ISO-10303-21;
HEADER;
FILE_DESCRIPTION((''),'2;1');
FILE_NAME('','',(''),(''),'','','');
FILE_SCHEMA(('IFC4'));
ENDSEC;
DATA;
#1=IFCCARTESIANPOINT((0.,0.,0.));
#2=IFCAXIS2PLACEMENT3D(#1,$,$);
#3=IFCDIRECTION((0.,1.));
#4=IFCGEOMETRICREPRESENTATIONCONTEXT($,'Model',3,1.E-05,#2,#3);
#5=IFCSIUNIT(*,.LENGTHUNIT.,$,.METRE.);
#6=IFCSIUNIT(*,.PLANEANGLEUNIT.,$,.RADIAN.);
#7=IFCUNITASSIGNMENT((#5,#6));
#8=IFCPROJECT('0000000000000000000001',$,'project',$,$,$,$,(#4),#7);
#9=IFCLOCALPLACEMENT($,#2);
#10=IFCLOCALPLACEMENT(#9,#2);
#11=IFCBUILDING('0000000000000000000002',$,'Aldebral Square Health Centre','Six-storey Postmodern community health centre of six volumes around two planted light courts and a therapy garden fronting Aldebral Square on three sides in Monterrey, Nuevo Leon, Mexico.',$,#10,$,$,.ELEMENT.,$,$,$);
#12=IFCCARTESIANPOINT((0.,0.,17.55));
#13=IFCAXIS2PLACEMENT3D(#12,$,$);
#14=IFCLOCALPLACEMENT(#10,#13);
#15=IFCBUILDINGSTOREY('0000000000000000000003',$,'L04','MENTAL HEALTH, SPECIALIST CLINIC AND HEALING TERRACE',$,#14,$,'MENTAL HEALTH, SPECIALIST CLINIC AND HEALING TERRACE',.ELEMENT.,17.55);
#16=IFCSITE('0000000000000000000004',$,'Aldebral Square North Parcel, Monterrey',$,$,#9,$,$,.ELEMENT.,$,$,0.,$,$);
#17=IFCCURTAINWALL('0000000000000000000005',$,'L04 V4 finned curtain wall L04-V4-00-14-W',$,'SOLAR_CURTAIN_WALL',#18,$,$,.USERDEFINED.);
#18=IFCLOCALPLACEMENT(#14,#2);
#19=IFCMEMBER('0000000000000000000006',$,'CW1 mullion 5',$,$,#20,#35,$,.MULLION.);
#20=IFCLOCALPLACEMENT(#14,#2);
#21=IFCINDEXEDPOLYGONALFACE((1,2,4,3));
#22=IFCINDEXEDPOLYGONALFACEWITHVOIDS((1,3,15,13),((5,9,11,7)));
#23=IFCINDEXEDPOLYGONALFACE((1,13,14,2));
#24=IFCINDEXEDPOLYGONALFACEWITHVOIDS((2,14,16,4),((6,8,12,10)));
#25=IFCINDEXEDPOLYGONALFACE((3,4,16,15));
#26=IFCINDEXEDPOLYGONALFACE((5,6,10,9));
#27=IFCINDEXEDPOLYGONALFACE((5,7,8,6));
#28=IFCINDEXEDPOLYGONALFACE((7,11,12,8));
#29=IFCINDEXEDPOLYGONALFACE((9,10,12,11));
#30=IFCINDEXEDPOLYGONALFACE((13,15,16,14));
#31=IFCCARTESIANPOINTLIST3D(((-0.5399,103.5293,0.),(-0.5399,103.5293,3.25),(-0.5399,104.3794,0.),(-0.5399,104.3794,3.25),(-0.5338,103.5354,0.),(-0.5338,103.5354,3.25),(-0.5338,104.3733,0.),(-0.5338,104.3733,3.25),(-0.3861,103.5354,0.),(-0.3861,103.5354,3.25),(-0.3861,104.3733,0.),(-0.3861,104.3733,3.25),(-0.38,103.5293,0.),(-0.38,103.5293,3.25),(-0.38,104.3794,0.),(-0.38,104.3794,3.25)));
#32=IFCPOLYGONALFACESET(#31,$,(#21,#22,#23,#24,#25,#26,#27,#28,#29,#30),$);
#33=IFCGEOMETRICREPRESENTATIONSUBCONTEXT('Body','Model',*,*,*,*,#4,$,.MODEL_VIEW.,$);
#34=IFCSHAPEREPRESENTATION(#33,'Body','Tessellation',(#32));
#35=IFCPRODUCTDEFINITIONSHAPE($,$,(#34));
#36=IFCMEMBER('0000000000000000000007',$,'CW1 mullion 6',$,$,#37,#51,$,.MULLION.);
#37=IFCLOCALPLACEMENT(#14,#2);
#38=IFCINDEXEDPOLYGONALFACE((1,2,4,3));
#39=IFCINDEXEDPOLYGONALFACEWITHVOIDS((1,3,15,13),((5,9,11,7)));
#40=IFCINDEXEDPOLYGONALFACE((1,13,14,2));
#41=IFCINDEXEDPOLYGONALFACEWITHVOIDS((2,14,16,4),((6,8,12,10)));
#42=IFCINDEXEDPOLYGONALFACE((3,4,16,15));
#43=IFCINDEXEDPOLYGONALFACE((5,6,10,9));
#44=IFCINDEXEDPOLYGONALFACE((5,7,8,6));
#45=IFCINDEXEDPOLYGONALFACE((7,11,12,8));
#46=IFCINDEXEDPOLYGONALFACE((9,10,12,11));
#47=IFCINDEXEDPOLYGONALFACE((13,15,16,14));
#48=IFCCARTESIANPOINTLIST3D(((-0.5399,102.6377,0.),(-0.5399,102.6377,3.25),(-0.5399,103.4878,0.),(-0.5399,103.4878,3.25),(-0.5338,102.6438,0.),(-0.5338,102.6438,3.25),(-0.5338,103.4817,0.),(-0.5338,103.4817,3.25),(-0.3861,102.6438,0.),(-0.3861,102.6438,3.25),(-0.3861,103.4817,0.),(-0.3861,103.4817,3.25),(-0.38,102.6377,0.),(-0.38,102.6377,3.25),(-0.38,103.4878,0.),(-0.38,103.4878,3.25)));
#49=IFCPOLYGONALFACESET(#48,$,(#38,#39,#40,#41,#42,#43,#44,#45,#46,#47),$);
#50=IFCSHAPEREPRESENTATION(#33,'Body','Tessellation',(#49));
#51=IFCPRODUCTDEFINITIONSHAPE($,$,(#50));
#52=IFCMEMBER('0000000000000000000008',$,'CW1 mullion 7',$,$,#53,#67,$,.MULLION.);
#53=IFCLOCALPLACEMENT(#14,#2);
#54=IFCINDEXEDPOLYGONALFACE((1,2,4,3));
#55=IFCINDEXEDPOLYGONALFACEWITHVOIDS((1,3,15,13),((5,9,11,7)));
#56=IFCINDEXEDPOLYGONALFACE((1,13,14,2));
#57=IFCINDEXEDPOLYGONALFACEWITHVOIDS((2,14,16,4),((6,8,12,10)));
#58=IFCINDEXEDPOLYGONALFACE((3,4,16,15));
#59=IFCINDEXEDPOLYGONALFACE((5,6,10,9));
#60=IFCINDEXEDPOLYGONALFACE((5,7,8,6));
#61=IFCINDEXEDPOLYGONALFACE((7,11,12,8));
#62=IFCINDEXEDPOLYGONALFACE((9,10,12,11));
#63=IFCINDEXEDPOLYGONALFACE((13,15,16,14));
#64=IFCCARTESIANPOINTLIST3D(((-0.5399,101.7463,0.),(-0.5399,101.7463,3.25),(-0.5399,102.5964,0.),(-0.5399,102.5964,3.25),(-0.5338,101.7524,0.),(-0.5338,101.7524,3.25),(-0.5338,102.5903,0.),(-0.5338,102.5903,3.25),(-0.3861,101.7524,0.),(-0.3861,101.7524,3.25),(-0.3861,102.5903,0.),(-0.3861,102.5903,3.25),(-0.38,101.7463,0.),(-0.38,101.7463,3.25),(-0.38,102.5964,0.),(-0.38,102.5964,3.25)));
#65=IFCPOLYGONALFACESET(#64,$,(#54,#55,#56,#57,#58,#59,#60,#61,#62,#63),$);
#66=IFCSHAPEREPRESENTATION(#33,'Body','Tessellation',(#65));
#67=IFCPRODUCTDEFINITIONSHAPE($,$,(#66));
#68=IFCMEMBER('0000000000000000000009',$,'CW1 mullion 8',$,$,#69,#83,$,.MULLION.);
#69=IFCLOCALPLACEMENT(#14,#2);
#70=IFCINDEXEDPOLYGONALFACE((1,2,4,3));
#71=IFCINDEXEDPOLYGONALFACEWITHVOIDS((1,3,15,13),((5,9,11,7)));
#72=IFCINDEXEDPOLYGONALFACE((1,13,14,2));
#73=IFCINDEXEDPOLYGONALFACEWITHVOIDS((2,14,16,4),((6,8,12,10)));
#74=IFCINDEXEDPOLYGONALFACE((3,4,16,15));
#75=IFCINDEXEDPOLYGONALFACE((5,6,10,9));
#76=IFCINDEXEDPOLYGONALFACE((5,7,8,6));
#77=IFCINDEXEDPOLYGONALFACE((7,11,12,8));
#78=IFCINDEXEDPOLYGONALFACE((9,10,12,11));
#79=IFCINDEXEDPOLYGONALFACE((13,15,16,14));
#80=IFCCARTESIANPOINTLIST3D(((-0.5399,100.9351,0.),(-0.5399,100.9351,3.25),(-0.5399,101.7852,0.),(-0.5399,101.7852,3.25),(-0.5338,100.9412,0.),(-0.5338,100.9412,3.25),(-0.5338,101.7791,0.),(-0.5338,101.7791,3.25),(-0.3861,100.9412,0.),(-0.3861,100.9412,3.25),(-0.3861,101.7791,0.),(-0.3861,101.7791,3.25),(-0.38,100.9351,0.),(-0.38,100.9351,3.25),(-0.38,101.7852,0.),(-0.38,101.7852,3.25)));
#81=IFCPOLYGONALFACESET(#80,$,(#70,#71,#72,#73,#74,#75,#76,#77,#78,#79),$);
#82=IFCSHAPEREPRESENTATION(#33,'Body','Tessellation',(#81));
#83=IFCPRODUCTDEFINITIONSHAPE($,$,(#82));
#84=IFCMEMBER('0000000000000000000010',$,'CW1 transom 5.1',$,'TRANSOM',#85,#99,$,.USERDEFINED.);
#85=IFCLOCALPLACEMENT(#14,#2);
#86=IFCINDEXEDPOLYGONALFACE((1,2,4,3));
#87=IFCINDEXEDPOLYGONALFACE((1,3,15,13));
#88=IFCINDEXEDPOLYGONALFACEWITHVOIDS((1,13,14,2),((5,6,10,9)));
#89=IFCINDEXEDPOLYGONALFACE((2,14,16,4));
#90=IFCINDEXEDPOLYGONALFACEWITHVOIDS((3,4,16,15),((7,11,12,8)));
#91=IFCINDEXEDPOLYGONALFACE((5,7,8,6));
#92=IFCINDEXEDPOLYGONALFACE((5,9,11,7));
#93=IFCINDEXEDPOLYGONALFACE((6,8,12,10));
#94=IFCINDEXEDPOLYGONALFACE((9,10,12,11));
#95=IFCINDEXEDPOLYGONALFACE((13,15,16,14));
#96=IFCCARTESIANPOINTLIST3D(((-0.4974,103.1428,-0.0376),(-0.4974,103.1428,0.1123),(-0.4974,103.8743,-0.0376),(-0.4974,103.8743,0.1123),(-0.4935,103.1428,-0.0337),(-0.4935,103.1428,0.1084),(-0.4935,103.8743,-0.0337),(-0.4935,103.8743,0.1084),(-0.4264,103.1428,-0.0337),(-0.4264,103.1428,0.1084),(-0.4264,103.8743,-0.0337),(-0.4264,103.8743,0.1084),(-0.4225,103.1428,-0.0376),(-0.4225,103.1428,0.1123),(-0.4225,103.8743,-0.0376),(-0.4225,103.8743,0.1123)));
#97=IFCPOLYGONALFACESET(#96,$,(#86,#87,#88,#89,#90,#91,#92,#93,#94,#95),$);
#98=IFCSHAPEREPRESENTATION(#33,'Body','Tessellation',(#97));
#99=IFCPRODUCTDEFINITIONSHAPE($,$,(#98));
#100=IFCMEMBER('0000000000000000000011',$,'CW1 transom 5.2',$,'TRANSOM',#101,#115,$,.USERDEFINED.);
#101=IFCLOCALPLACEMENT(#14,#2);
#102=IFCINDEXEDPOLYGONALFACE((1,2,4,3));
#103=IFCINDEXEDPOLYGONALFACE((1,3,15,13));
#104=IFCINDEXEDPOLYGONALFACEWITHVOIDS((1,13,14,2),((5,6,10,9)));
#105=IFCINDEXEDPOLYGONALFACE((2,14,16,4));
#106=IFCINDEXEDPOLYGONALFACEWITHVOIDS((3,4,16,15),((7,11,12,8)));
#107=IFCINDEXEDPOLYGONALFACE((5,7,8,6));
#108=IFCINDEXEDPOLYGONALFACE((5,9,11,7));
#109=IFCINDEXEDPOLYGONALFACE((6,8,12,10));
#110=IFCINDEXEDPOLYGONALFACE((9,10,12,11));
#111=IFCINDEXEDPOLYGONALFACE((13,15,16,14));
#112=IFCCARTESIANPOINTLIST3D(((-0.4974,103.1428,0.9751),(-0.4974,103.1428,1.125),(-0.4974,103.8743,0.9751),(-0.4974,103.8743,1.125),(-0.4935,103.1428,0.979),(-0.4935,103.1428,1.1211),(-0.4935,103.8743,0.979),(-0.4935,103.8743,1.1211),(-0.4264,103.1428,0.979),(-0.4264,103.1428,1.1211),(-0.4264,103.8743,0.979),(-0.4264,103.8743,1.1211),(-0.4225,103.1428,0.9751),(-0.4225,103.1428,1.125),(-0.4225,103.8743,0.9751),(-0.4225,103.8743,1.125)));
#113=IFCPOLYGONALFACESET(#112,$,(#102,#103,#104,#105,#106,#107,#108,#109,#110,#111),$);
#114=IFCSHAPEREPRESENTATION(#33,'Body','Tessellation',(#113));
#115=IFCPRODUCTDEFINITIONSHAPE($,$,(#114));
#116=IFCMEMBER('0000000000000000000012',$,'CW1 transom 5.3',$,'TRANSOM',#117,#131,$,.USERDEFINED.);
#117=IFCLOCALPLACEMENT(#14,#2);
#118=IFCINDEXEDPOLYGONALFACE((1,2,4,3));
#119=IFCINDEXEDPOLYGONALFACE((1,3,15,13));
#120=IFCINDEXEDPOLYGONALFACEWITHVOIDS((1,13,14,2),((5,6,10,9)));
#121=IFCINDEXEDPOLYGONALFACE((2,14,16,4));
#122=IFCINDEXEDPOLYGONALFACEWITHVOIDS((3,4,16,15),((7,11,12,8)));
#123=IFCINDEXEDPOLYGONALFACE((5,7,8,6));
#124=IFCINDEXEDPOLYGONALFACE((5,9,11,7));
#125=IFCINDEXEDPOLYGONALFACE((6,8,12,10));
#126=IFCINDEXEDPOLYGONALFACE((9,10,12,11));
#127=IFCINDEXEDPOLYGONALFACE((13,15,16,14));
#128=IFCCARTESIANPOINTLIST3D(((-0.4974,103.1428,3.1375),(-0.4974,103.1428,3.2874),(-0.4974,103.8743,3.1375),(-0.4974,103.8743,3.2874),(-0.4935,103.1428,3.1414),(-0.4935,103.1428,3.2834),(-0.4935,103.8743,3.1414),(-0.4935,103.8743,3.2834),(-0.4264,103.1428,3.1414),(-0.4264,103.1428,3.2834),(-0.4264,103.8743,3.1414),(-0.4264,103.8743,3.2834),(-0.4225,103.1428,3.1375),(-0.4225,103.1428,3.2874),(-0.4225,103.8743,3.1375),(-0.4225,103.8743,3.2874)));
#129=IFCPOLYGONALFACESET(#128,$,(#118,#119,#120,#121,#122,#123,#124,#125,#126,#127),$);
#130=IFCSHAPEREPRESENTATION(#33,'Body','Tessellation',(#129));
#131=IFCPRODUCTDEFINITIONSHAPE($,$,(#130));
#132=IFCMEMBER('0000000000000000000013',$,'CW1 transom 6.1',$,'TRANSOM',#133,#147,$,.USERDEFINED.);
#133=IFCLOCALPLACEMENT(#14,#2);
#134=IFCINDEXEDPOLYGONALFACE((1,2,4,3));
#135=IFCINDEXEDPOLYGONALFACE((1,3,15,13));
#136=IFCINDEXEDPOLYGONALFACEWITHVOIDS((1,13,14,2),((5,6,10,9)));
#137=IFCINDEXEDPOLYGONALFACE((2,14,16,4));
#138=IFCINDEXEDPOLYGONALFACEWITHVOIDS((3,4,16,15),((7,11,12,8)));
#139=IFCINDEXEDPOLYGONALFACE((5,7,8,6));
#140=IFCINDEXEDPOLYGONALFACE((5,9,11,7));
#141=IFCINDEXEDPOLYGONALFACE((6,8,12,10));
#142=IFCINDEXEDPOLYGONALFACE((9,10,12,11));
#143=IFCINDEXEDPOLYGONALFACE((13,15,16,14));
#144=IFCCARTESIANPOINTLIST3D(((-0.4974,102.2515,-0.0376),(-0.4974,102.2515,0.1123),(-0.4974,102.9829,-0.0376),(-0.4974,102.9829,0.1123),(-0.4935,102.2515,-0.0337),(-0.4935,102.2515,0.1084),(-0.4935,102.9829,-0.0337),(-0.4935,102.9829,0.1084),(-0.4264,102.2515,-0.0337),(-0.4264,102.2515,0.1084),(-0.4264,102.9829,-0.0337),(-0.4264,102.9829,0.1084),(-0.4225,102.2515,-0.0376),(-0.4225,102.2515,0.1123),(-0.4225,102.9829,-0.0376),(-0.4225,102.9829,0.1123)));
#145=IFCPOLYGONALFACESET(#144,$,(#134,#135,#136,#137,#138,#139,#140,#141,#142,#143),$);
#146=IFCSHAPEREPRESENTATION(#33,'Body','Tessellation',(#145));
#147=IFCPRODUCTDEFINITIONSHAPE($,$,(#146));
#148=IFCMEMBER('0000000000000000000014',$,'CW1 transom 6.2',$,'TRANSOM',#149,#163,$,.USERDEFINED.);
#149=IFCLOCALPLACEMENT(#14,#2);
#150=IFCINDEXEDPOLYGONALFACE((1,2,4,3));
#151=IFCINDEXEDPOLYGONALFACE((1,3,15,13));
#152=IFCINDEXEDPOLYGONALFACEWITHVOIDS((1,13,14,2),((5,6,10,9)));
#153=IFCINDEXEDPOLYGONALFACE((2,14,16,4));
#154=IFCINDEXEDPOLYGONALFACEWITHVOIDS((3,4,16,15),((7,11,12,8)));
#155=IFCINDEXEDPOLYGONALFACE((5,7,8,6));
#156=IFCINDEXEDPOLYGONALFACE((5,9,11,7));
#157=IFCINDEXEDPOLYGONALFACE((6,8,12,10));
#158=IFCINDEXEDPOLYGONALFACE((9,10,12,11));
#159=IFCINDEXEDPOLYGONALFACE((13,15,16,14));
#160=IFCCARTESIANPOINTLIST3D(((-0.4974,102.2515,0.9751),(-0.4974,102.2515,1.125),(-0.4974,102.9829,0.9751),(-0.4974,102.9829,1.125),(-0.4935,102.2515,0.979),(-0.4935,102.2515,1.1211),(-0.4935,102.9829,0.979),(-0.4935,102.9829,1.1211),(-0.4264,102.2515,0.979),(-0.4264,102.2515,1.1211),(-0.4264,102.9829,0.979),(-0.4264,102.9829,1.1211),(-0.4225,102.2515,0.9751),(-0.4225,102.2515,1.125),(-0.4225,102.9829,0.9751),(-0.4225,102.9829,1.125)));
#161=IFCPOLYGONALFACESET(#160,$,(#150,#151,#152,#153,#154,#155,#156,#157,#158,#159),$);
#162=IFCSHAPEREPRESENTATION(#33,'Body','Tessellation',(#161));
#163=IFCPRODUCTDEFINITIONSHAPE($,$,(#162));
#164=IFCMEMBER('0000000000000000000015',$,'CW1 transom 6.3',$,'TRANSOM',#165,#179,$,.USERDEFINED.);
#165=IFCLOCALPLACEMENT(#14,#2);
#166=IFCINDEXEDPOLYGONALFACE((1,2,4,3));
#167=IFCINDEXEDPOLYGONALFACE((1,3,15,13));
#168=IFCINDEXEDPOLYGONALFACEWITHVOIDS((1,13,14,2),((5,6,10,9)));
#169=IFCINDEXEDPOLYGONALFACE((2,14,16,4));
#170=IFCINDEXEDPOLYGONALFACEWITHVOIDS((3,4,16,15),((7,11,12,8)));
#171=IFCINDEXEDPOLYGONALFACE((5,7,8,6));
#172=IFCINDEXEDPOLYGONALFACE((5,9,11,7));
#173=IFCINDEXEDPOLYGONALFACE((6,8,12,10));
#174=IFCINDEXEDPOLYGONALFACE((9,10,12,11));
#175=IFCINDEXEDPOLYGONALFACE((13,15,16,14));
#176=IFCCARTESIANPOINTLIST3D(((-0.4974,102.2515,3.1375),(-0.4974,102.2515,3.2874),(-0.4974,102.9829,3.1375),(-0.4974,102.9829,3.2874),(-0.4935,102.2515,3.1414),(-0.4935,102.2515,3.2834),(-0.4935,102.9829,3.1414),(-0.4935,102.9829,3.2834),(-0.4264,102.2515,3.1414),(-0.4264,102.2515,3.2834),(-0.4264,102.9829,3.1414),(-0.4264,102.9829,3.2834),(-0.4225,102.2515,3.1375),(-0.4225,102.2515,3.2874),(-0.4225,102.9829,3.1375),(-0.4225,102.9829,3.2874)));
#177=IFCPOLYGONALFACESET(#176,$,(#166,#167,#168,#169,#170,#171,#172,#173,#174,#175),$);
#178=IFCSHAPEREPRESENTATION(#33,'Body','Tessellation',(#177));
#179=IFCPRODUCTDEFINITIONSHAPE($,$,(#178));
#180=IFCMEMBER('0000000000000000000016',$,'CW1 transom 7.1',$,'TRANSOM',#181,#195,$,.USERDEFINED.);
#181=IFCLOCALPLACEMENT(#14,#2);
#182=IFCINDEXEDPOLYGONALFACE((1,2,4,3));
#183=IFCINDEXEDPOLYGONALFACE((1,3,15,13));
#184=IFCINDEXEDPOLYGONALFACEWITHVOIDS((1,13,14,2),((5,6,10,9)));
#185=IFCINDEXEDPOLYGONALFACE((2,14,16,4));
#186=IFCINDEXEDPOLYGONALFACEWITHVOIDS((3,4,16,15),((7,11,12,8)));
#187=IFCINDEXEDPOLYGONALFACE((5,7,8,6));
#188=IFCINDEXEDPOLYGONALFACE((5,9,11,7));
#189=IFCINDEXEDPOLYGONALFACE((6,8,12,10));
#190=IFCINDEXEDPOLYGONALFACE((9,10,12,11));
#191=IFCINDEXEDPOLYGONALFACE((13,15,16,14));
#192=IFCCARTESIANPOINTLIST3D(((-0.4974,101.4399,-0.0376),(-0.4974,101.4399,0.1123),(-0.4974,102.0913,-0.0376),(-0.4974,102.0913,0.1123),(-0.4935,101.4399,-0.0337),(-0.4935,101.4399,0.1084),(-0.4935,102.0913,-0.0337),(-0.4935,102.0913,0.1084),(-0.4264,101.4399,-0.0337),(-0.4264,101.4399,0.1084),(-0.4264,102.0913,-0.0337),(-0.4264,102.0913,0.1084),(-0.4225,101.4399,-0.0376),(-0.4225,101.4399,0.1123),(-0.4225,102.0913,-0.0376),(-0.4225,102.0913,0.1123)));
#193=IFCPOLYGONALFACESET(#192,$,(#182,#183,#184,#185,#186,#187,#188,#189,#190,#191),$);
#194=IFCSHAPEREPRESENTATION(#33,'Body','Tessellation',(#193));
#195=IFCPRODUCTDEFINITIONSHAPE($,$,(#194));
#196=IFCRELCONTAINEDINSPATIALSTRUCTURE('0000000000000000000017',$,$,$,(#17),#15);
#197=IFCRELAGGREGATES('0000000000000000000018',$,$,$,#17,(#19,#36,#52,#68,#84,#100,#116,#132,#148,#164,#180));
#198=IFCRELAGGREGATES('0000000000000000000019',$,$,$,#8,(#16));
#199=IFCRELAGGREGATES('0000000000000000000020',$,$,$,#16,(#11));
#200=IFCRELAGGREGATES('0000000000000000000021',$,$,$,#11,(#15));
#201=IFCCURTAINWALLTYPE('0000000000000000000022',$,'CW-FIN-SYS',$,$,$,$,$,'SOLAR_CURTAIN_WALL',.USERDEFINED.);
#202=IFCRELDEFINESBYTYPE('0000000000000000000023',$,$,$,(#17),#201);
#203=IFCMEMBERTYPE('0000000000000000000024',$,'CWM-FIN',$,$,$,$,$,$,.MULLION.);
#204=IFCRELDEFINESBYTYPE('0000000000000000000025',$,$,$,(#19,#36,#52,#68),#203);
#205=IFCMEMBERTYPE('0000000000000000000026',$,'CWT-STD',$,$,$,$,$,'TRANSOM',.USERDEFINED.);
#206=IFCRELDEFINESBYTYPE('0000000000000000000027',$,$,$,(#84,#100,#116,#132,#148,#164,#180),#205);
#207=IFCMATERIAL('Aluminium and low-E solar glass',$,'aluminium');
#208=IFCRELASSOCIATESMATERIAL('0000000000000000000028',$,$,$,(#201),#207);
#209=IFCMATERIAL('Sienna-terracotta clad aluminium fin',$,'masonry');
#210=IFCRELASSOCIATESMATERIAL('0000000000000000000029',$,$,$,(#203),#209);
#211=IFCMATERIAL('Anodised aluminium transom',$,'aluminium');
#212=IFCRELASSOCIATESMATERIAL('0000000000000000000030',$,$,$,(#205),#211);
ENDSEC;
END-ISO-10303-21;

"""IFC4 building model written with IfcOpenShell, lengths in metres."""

from ifc_helpers import new_model, si_unit, direction, frame, origin, origin_2d, place, context, subcontext, project, spatial, hollow_rectangle, extrude, material, material_profile, profile_set, type_object, element, aggregate, save


model = new_model("IFC4")

# Units and contexts
model_context = context("Model", 3, precision=1e-05, world=origin(), true_north=direction((0.0, 1.0)))
body_context = subcontext(model_context, "Body", "Model", "MODEL_VIEW")
ifc_project = project(units=[si_unit("LENGTHUNIT", "METRE"), si_unit("PLANEANGLEUNIT", "RADIAN")], contexts=[model_context])

# Site, building, storey
site_placement = place(None, origin())
site = spatial("IfcSite", under=ifc_project, at=site_placement, Name="Aldebral Square North Parcel, Monterrey", CompositionType="ELEMENT", RefElevation=0.0)
building_placement = place(site_placement, origin())
building = spatial("IfcBuilding", under=site, at=building_placement, Name="Aldebral Square Health Centre", Description="Six-storey Postmodern community health centre of six volumes around two planted light courts and a therapy garden fronting Aldebral Square on three sides in Monterrey, Nuevo Leon, Mexico.", CompositionType="ELEMENT")
storey_placement = place(building_placement, frame((0.0, 0.0, 17.55)))
storey = spatial("IfcBuildingStorey", under=building, at=storey_placement, Name="L04", Description="MENTAL HEALTH, SPECIALIST CLINIC AND HEALING TERRACE", LongName="MENTAL HEALTH, SPECIALIST CLINIC AND HEALING TERRACE", CompositionType="ELEMENT", Elevation=17.55)

# Curtain wall, members
ifc_material_1 = material(Name="Aluminium and low-E solar glass", Category="aluminium")
curtain_wall_type = type_object("IfcCurtainWallType", Name="CW-FIN-SYS", ElementType="SOLAR_CURTAIN_WALL", PredefinedType="USERDEFINED", material=ifc_material_1)
curtain_wall_placement = place(storey_placement, origin())
curtain_wall = element("IfcCurtainWall", 1, at=curtain_wall_placement, inside=storey, type_object=curtain_wall_type, Name="L04 V4 finned curtain wall L04-V4-00-14-W", ObjectType="SOLAR_CURTAIN_WALL", PredefinedType="USERDEFINED")
ifc_material_2 = material(Name="Sienna-terracotta clad aluminium fin", Category="masonry")
ifc_material_profile_1 = material_profile(ifc_material_2, hollow_rectangle(XDim=0.1599, YDim=0.8501, WallThickness=0.0061, at=origin_2d()), Name="FIN 160x850x6")
ifc_profile_set_1 = profile_set([ifc_material_profile_1], Name="Sienna-terracotta clad aluminium fin")
member_type_1 = type_object("IfcMemberType", Name="CWM-FIN", PredefinedType="MULLION", material=ifc_profile_set_1)
member_1_placement = place(storey_placement, frame((-0.46, 103.9543, 0.0), z_axis=(0.0, 0.0, 1.0), x_axis=(1.0, 0.0, 0.0)))
member_1 = element("IfcMember", 2, at=member_1_placement, type_object=member_type_1, Name="CW1 mullion 5", PredefinedType="MULLION", context=body_context, shape_type="SweptSolid", body=[
    extrude(hollow_rectangle(XDim=0.1599, YDim=0.8501, WallThickness=0.0061, at=origin_2d()), origin(), (0.0, 0.0, 1.0), 3.25),
])
member_2_placement = place(storey_placement, frame((-0.46, 103.0627, 0.0), z_axis=(0.0, 0.0, 1.0), x_axis=(1.0, 0.0, 0.0)))
member_2 = element("IfcMember", 3, at=member_2_placement, type_object=member_type_1, Name="CW1 mullion 6", PredefinedType="MULLION", context=body_context, shape_type="SweptSolid", body=[
    extrude(hollow_rectangle(XDim=0.1599, YDim=0.8501, WallThickness=0.0061, at=origin_2d()), origin(), (0.0, 0.0, 1.0), 3.25),
])
member_3_placement = place(storey_placement, frame((-0.46, 102.1714, 0.0), z_axis=(0.0, 0.0, 1.0), x_axis=(1.0, 0.0, 0.0)))
member_3 = element("IfcMember", 4, at=member_3_placement, type_object=member_type_1, Name="CW1 mullion 7", PredefinedType="MULLION", context=body_context, shape_type="SweptSolid", body=[
    extrude(hollow_rectangle(XDim=0.1599, YDim=0.8501, WallThickness=0.0061, at=origin_2d()), origin(), (0.0, 0.0, 1.0), 3.25),
])
member_4_placement = place(storey_placement, frame((-0.46, 101.3601, 0.0), z_axis=(0.0, 0.0, 1.0), x_axis=(1.0, 0.0, 0.0)))
member_4 = element("IfcMember", 5, at=member_4_placement, type_object=member_type_1, Name="CW1 mullion 8", PredefinedType="MULLION", context=body_context, shape_type="SweptSolid", body=[
    extrude(hollow_rectangle(XDim=0.1599, YDim=0.8501, WallThickness=0.0061, at=origin_2d()), origin(), (0.0, 0.0, 1.0), 3.25),
])
ifc_material_3 = material(Name="Anodised aluminium transom", Category="aluminium")
ifc_material_profile_2 = material_profile(ifc_material_3, hollow_rectangle(XDim=0.075, YDim=0.1499, WallThickness=0.0039, at=origin_2d()), Name="CWT 75x150x4")
ifc_profile_set_2 = profile_set([ifc_material_profile_2], Name="Anodised aluminium transom")
member_type_2 = type_object("IfcMemberType", Name="CWT-STD", ElementType="TRANSOM", PredefinedType="USERDEFINED", material=ifc_profile_set_2)
member_5_placement = place(storey_placement, frame((-0.46, 103.8743, 0.0374), z_axis=(0.0, -1.0, 0.0), x_axis=(1.0, 0.0, 0.0)))
member_5 = element("IfcMember", 6, at=member_5_placement, type_object=member_type_2, Name="CW1 transom 5.1", ObjectType="TRANSOM", PredefinedType="USERDEFINED", context=body_context, shape_type="SweptSolid", body=[
    extrude(hollow_rectangle(XDim=0.075, YDim=0.1499, WallThickness=0.0039, at=origin_2d()), origin(), (0.0, 0.0, 1.0), 0.7314),
])
member_6_placement = place(storey_placement, frame((-0.46, 103.8743, 1.05), z_axis=(0.0, -1.0, 0.0), x_axis=(1.0, 0.0, 0.0)))
member_6 = element("IfcMember", 7, at=member_6_placement, type_object=member_type_2, Name="CW1 transom 5.2", ObjectType="TRANSOM", PredefinedType="USERDEFINED", context=body_context, shape_type="SweptSolid", body=[
    extrude(hollow_rectangle(XDim=0.075, YDim=0.1499, WallThickness=0.0039, at=origin_2d()), origin(), (0.0, 0.0, 1.0), 0.7314),
])
member_7_placement = place(storey_placement, frame((-0.46, 103.8743, 3.2124), z_axis=(0.0, -1.0, 0.0), x_axis=(1.0, 0.0, 0.0)))
member_7 = element("IfcMember", 8, at=member_7_placement, type_object=member_type_2, Name="CW1 transom 5.3", ObjectType="TRANSOM", PredefinedType="USERDEFINED", context=body_context, shape_type="SweptSolid", body=[
    extrude(hollow_rectangle(XDim=0.075, YDim=0.1499, WallThickness=0.0039, at=origin_2d()), origin(), (0.0, 0.0, 1.0), 0.7314),
])
member_8_placement = place(storey_placement, frame((-0.46, 102.9829, 0.0374), z_axis=(0.0, -1.0, 0.0), x_axis=(1.0, 0.0, 0.0)))
member_8 = element("IfcMember", 9, at=member_8_placement, type_object=member_type_2, Name="CW1 transom 6.1", ObjectType="TRANSOM", PredefinedType="USERDEFINED", context=body_context, shape_type="SweptSolid", body=[
    extrude(hollow_rectangle(XDim=0.075, YDim=0.1499, WallThickness=0.0039, at=origin_2d()), origin(), (0.0, 0.0, 1.0), 0.7314),
])
member_9_placement = place(storey_placement, frame((-0.46, 102.9829, 1.05), z_axis=(0.0, -1.0, 0.0), x_axis=(1.0, 0.0, 0.0)))
member_9 = element("IfcMember", 10, at=member_9_placement, type_object=member_type_2, Name="CW1 transom 6.2", ObjectType="TRANSOM", PredefinedType="USERDEFINED", context=body_context, shape_type="SweptSolid", body=[
    extrude(hollow_rectangle(XDim=0.075, YDim=0.1499, WallThickness=0.0039, at=origin_2d()), origin(), (0.0, 0.0, 1.0), 0.7314),
])
member_10_placement = place(storey_placement, frame((-0.46, 102.9829, 3.2124), z_axis=(0.0, -1.0, 0.0), x_axis=(1.0, 0.0, 0.0)))
member_10 = element("IfcMember", 11, at=member_10_placement, type_object=member_type_2, Name="CW1 transom 6.3", ObjectType="TRANSOM", PredefinedType="USERDEFINED", context=body_context, shape_type="SweptSolid", body=[
    extrude(hollow_rectangle(XDim=0.075, YDim=0.1499, WallThickness=0.0039, at=origin_2d()), origin(), (0.0, 0.0, 1.0), 0.7314),
])
member_11_placement = place(storey_placement, frame((-0.46, 102.0913, 0.0374), z_axis=(0.0, -1.0, 0.0), x_axis=(1.0, 0.0, 0.0)))
member_11 = element("IfcMember", 12, at=member_11_placement, type_object=member_type_2, Name="CW1 transom 7.1", ObjectType="TRANSOM", PredefinedType="USERDEFINED", context=body_context, shape_type="SweptSolid", body=[
    extrude(hollow_rectangle(XDim=0.075, YDim=0.1499, WallThickness=0.0039, at=origin_2d()), origin(), (0.0, 0.0, 1.0), 0.6514),
])
aggregate(curtain_wall, [member_1, member_2, member_3, member_4, member_5, member_6, member_7, member_8, member_9, member_10, member_11])

save(model, "model.ifc")
